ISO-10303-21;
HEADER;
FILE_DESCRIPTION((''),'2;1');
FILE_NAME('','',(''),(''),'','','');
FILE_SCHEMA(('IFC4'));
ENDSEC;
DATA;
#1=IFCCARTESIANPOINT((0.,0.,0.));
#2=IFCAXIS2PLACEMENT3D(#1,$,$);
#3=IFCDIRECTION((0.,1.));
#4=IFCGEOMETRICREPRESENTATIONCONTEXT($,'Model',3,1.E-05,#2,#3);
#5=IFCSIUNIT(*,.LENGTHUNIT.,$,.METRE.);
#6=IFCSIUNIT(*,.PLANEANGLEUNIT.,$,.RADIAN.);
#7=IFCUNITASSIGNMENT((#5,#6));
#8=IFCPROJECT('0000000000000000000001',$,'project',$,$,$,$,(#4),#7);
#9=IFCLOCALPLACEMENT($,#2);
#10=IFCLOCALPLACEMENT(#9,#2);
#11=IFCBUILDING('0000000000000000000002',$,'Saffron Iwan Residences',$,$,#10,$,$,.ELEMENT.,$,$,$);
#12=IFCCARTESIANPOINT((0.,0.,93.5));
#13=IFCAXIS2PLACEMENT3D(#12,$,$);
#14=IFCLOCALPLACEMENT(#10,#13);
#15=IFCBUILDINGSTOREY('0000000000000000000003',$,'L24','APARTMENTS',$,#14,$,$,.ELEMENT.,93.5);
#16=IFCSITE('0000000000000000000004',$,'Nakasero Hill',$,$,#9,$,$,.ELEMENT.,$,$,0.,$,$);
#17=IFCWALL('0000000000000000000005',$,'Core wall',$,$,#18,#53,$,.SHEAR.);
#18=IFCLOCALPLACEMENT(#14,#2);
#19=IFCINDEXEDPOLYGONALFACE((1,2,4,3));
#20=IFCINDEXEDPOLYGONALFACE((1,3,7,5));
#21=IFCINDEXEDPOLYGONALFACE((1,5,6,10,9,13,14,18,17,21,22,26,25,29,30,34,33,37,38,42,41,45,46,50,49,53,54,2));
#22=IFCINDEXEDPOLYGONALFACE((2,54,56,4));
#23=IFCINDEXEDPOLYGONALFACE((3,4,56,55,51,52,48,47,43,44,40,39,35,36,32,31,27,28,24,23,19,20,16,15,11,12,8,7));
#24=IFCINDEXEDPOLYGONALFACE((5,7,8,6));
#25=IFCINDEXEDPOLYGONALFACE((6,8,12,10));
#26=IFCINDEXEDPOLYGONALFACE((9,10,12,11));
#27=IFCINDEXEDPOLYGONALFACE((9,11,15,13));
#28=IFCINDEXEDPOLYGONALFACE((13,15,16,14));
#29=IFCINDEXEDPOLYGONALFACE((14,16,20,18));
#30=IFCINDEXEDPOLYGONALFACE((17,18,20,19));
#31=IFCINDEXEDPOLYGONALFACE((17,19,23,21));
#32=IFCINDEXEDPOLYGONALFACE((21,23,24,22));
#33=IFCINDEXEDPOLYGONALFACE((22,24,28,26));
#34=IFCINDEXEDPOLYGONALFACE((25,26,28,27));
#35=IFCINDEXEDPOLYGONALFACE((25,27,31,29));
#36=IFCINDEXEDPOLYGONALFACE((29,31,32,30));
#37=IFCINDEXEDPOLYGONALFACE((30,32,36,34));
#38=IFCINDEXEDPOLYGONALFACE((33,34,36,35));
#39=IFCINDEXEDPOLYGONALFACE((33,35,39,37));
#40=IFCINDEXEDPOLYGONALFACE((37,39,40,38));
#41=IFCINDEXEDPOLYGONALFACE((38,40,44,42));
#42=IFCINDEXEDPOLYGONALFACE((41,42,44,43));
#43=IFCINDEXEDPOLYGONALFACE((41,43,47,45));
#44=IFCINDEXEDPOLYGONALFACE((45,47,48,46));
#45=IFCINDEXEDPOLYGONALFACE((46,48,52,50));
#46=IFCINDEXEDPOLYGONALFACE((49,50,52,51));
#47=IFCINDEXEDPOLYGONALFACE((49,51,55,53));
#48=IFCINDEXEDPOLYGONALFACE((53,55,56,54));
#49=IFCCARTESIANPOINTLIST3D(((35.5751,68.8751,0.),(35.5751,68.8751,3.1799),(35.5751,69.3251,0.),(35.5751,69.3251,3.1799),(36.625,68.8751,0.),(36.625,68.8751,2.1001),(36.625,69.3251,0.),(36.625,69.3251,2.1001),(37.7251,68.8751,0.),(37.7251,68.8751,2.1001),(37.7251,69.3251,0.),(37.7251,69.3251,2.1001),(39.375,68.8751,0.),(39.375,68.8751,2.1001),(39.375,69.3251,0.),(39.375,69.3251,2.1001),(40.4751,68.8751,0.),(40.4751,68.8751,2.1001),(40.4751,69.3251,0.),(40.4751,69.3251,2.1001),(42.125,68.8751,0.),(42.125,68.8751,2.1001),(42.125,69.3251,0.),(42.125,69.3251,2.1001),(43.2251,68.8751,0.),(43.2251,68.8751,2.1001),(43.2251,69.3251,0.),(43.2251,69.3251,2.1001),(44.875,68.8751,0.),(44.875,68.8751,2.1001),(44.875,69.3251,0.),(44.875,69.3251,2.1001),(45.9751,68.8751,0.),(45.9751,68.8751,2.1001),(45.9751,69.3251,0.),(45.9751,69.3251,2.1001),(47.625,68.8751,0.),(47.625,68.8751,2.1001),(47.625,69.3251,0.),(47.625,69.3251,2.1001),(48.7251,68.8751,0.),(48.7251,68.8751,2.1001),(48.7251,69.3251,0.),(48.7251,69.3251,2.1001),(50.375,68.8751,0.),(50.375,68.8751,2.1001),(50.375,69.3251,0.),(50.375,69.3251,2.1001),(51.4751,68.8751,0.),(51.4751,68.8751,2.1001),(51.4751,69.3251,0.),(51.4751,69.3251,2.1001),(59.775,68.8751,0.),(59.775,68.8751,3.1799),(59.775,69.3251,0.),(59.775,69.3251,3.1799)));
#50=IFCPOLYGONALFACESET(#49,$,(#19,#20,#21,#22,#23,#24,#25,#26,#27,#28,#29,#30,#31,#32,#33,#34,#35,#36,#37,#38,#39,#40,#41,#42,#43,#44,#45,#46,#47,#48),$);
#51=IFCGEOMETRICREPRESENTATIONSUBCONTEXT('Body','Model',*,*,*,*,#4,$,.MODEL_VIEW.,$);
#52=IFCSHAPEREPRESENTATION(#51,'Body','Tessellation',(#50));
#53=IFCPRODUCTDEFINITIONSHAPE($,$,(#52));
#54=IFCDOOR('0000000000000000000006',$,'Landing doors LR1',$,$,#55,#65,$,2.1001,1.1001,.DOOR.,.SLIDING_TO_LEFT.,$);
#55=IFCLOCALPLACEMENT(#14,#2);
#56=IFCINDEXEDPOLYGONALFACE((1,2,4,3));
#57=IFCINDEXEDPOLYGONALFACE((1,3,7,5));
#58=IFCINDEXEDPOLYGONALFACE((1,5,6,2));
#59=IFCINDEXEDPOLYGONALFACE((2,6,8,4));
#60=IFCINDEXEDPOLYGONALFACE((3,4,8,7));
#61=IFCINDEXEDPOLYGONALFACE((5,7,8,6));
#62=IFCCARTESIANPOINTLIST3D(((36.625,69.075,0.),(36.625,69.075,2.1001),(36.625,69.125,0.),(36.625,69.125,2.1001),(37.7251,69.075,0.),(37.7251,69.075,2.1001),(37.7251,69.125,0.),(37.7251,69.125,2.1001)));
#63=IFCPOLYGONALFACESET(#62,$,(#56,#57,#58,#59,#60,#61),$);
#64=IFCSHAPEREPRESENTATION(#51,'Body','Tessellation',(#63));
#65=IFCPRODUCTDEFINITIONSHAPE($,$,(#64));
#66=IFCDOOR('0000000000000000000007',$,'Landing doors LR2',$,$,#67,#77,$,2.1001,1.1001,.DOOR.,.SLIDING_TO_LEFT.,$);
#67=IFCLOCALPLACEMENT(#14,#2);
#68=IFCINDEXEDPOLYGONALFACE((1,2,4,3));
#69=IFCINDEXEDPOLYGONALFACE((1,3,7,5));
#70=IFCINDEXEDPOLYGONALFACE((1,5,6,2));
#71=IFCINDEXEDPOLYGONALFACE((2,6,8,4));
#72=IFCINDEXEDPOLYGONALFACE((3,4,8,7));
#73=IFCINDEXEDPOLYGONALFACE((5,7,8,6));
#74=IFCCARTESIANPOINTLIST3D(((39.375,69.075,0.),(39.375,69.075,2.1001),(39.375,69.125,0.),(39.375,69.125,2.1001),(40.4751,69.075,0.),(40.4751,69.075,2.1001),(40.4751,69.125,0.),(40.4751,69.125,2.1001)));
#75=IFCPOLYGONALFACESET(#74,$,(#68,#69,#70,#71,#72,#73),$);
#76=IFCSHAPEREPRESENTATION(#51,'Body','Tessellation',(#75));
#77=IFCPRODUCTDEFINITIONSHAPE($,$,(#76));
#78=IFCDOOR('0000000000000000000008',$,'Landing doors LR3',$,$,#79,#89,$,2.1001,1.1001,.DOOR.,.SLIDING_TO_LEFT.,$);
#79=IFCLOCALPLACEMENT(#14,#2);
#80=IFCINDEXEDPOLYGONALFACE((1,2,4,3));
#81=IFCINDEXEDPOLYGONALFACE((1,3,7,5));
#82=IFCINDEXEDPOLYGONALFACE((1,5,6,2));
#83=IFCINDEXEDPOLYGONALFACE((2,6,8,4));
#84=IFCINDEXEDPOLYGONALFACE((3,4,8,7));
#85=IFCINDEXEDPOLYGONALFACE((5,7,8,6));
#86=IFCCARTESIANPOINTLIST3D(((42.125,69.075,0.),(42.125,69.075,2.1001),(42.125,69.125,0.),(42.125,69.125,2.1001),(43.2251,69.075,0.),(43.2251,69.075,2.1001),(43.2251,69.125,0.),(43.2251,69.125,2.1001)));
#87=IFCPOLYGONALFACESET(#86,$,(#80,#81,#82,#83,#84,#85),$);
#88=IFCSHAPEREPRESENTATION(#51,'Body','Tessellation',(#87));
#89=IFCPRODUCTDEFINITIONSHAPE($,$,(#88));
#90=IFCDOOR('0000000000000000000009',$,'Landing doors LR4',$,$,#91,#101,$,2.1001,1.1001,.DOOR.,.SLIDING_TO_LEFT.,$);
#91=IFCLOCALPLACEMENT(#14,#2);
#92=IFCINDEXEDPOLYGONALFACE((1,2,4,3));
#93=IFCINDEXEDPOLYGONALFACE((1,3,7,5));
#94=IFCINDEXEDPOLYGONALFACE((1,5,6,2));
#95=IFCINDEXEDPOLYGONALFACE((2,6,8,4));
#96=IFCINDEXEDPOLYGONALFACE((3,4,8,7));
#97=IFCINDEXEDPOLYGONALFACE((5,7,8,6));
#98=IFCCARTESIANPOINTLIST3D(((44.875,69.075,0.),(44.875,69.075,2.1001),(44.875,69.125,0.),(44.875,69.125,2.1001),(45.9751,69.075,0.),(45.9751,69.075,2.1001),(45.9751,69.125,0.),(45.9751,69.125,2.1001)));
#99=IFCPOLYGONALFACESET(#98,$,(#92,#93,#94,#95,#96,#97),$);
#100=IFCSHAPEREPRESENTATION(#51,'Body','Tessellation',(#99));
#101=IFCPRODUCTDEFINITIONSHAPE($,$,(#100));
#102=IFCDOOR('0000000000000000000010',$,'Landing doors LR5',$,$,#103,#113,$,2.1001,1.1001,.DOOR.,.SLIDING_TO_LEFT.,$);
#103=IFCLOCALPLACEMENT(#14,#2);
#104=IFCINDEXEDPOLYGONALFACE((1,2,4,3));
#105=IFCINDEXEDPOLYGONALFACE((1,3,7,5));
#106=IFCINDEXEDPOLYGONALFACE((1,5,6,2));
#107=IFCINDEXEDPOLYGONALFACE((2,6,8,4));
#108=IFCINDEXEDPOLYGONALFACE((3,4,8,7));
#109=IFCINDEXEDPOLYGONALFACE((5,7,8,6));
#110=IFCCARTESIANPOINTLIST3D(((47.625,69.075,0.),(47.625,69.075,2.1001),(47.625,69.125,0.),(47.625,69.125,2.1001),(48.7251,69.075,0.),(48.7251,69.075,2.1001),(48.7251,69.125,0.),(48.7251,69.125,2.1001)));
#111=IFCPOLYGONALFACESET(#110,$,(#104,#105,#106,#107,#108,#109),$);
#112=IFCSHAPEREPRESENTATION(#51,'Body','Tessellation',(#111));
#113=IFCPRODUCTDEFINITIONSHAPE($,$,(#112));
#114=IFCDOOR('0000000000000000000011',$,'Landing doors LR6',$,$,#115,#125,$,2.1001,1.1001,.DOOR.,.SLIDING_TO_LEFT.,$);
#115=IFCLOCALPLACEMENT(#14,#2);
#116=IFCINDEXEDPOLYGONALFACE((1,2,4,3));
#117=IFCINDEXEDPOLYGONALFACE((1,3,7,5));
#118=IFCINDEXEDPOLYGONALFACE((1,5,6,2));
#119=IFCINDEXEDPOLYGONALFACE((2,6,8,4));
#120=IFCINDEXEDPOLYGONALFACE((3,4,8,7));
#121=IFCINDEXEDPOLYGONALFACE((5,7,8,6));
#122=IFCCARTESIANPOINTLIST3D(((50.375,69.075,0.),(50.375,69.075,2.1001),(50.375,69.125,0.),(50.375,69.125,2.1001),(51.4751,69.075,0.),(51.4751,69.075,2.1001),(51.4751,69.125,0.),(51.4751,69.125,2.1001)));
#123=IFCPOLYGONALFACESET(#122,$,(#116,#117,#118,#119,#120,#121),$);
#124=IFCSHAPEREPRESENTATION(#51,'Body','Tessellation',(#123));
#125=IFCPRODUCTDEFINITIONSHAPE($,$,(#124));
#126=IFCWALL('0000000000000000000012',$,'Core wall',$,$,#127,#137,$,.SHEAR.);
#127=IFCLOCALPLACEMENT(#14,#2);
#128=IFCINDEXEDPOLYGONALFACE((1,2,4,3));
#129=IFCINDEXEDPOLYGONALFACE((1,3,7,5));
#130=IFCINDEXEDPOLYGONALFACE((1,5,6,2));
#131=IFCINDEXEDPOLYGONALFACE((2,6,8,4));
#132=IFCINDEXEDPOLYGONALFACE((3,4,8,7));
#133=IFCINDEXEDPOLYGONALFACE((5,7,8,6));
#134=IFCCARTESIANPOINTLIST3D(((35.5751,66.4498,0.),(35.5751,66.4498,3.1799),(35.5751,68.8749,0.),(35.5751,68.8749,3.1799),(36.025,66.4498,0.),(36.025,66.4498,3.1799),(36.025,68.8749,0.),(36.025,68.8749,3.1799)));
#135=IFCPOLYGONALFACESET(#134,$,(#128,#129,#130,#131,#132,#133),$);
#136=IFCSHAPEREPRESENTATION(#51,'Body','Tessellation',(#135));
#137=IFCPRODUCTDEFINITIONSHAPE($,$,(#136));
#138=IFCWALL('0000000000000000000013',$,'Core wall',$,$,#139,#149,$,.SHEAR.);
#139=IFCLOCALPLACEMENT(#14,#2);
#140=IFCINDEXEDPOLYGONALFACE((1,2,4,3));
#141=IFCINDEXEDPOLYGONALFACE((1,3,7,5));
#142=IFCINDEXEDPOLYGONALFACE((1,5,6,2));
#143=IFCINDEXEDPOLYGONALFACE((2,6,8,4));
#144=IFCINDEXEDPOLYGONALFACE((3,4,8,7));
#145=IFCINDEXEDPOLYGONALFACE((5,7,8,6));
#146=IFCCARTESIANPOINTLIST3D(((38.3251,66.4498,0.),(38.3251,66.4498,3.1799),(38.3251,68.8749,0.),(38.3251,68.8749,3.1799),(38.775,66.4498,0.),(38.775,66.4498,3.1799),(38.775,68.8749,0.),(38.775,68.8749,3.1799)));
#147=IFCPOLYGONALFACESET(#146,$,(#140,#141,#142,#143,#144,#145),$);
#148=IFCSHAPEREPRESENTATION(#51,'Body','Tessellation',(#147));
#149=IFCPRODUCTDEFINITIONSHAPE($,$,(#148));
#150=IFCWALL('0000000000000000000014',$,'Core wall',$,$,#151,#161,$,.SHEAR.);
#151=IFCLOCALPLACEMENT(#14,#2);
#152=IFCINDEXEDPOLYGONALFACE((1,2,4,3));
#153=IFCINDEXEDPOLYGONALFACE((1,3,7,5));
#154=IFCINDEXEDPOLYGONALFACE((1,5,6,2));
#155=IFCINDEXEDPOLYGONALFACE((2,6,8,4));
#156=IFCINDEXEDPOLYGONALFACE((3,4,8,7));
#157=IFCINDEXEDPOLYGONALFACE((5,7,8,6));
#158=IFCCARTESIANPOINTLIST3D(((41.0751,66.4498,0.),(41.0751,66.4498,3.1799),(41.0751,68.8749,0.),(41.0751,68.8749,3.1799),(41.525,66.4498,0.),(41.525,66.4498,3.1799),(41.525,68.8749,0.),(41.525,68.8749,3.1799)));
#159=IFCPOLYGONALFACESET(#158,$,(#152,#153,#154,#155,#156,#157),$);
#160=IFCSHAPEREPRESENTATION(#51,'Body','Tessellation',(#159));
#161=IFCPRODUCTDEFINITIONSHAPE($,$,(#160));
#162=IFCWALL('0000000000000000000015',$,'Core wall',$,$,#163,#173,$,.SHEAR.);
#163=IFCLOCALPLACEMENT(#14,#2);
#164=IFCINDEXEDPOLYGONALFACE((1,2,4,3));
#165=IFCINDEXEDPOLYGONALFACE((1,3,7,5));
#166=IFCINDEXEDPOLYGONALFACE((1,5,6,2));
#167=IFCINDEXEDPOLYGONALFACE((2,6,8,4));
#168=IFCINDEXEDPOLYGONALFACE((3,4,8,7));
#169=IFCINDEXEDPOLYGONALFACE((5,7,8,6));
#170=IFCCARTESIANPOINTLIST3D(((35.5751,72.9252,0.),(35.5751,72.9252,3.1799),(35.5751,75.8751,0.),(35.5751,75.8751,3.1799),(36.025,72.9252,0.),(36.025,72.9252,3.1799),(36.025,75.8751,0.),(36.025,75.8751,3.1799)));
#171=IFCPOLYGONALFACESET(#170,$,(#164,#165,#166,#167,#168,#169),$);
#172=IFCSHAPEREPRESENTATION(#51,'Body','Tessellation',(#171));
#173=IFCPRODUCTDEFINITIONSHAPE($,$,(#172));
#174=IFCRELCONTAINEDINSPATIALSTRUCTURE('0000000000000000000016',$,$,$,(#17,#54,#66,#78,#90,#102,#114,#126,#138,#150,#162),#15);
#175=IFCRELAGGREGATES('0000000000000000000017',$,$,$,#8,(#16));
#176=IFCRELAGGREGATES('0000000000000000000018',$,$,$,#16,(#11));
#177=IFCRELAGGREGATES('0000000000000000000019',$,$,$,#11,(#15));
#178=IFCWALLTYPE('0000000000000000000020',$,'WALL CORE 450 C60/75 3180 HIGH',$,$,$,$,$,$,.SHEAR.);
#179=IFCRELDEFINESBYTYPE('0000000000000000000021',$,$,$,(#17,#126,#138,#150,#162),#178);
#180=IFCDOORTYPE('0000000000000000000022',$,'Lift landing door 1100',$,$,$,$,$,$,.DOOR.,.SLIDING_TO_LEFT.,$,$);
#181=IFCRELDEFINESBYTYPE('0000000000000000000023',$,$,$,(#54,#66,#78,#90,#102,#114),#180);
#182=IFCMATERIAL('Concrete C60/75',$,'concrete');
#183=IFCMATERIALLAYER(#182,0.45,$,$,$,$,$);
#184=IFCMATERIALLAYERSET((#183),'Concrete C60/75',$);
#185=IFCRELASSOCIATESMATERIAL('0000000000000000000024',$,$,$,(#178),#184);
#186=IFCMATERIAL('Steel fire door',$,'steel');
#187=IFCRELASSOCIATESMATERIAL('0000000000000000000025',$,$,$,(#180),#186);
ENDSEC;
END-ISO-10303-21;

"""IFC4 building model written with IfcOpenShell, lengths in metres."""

from ifc_helpers import new_model, si_unit, direction, frame, frame_2d, origin, place, context, subcontext, project, spatial, rectangle, extrude, material, layer, layer_set, type_object, element, fill, save


model = new_model("IFC4")

# Units and contexts
model_context = context("Model", 3, precision=1e-05, world=origin(), true_north=direction((0.0, 1.0)))
body_context = subcontext(model_context, "Body", "Model", "MODEL_VIEW")
ifc_project = project(units=[si_unit("LENGTHUNIT", "METRE"), si_unit("PLANEANGLEUNIT", "RADIAN")], contexts=[model_context])

# Site, building, storey
site_placement = place(None, origin())
site = spatial("IfcSite", under=ifc_project, at=site_placement, Name="Nakasero Hill", CompositionType="ELEMENT", RefElevation=0.0)
building_placement = place(site_placement, origin())
building = spatial("IfcBuilding", under=site, at=building_placement, Name="Saffron Iwan Residences", CompositionType="ELEMENT")
storey_placement = place(building_placement, frame((0.0, 0.0, 93.5)))
storey = spatial("IfcBuildingStorey", under=building, at=storey_placement, Name="L24", Description="APARTMENTS", CompositionType="ELEMENT", Elevation=93.5)

# Wall, openings, doors
ifc_material_1 = material(Name="Concrete C60/75", Category="concrete")
ifc_layer = layer(ifc_material_1, 0.45)
ifc_layer_set = layer_set([ifc_layer], Name="Concrete C60/75")
wall_type = type_object("IfcWallType", Name="WALL CORE 450 C60/75 3180 HIGH", PredefinedType="SHEAR", material=ifc_layer_set)
wall_1_placement = place(storey_placement, frame((35.575, 69.1001, 0.0), z_axis=(0.0, 0.0, 1.0), x_axis=(1.0, 0.0, 0.0)))
wall_1 = element("IfcWall", 1, at=wall_1_placement, inside=storey, type_object=wall_type, Name="Core wall", PredefinedType="SHEAR", context=body_context, shape_type="SweptSolid", body=[
    extrude(rectangle(XDim=24.2, YDim=0.45, at=frame_2d((12.1001, 0.0))), origin(), (0.0, 0.0, 1.0), 3.1799),
])
opening_1_placement = place(wall_1_placement, frame((1.05, 0.0, 0.0)))
opening_1 = element("IfcOpeningElement", 2, at=opening_1_placement, cuts=wall_1, PredefinedType="OPENING", context=body_context, shape_type="SweptSolid", body=[
    extrude(rectangle(XDim=1.1001, YDim=2.1001, at=frame_2d((0.55, 1.05))), frame((0.0, 0.2349, 0.0), z_axis=(0.0, -1.0, 0.0), x_axis=(1.0, 0.0, 0.0)), (0.0, 0.0, 1.0), 0.47),
])
opening_2_placement = place(wall_1_placement, frame((3.8, 0.0, 0.0)))
opening_2 = element("IfcOpeningElement", 3, at=opening_2_placement, cuts=wall_1, PredefinedType="OPENING", context=body_context, shape_type="SweptSolid", body=[
    extrude(rectangle(XDim=1.1001, YDim=2.1001, at=frame_2d((0.55, 1.05))), frame((0.0, 0.2349, 0.0), z_axis=(0.0, -1.0, 0.0), x_axis=(1.0, 0.0, 0.0)), (0.0, 0.0, 1.0), 0.47),
])
opening_3_placement = place(wall_1_placement, frame((6.55, 0.0, 0.0)))
opening_3 = element("IfcOpeningElement", 4, at=opening_3_placement, cuts=wall_1, PredefinedType="OPENING", context=body_context, shape_type="SweptSolid", body=[
    extrude(rectangle(XDim=1.1001, YDim=2.1001, at=frame_2d((0.55, 1.05))), frame((0.0, 0.2349, 0.0), z_axis=(0.0, -1.0, 0.0), x_axis=(1.0, 0.0, 0.0)), (0.0, 0.0, 1.0), 0.47),
])
opening_4_placement = place(wall_1_placement, frame((9.3, 0.0, 0.0)))
opening_4 = element("IfcOpeningElement", 5, at=opening_4_placement, cuts=wall_1, PredefinedType="OPENING", context=body_context, shape_type="SweptSolid", body=[
    extrude(rectangle(XDim=1.1001, YDim=2.1001, at=frame_2d((0.55, 1.05))), frame((0.0, 0.2349, 0.0), z_axis=(0.0, -1.0, 0.0), x_axis=(1.0, 0.0, 0.0)), (0.0, 0.0, 1.0), 0.47),
])
opening_5_placement = place(wall_1_placement, frame((12.05, 0.0, 0.0)))
opening_5 = element("IfcOpeningElement", 6, at=opening_5_placement, cuts=wall_1, PredefinedType="OPENING", context=body_context, shape_type="SweptSolid", body=[
    extrude(rectangle(XDim=1.1001, YDim=2.1001, at=frame_2d((0.55, 1.05))), frame((0.0, 0.2349, 0.0), z_axis=(0.0, -1.0, 0.0), x_axis=(1.0, 0.0, 0.0)), (0.0, 0.0, 1.0), 0.47),
])
opening_6_placement = place(wall_1_placement, frame((14.8, 0.0, 0.0)))
opening_6 = element("IfcOpeningElement", 7, at=opening_6_placement, cuts=wall_1, PredefinedType="OPENING", context=body_context, shape_type="SweptSolid", body=[
    extrude(rectangle(XDim=1.1001, YDim=2.1001, at=frame_2d((0.55, 1.05))), frame((0.0, 0.2349, 0.0), z_axis=(0.0, -1.0, 0.0), x_axis=(1.0, 0.0, 0.0)), (0.0, 0.0, 1.0), 0.47),
])
ifc_material_2 = material(Name="Steel fire door", Category="steel")
door_type_1 = type_object("IfcDoorType", Name="Lift landing door 1100", OperationType="SLIDING_TO_LEFT", PredefinedType="DOOR", material=ifc_material_2)
door_1_placement = place(opening_1_placement, origin())
door_1 = element("IfcDoor", 8, at=door_1_placement, inside=storey, type_object=door_type_1, Name="Landing doors LR1", OperationType="SLIDING_TO_LEFT", OverallHeight=2.1001, OverallWidth=1.1001, PredefinedType="DOOR", context=body_context, shape_type="SweptSolid", body=[
    extrude(rectangle(XDim=1.1001, YDim=2.1001, at=frame_2d((0.55, 1.05))), frame((0.0, 0.0249, 0.0), z_axis=(0.0, -1.0, 0.0), x_axis=(1.0, 0.0, 0.0)), (0.0, 0.0, 1.0), 0.05),
])
fill(opening_1, door_1)
door_2_placement = place(opening_2_placement, origin())
door_2 = element("IfcDoor", 9, at=door_2_placement, inside=storey, type_object=door_type_1, Name="Landing doors LR2", OperationType="SLIDING_TO_LEFT", OverallHeight=2.1001, OverallWidth=1.1001, PredefinedType="DOOR", context=body_context, shape_type="SweptSolid", body=[
    extrude(rectangle(XDim=1.1001, YDim=2.1001, at=frame_2d((0.55, 1.05))), frame((0.0, 0.0249, 0.0), z_axis=(0.0, -1.0, 0.0), x_axis=(1.0, 0.0, 0.0)), (0.0, 0.0, 1.0), 0.05),
])
fill(opening_2, door_2)
door_3_placement = place(opening_3_placement, origin())
door_3 = element("IfcDoor", 10, at=door_3_placement, inside=storey, type_object=door_type_1, Name="Landing doors LR3", OperationType="SLIDING_TO_LEFT", OverallHeight=2.1001, OverallWidth=1.1001, PredefinedType="DOOR", context=body_context, shape_type="SweptSolid", body=[
    extrude(rectangle(XDim=1.1001, YDim=2.1001, at=frame_2d((0.55, 1.05))), frame((0.0, 0.0249, 0.0), z_axis=(0.0, -1.0, 0.0), x_axis=(1.0, 0.0, 0.0)), (0.0, 0.0, 1.0), 0.05),
])
fill(opening_3, door_3)
door_4_placement = place(opening_4_placement, origin())
door_4 = element("IfcDoor", 11, at=door_4_placement, inside=storey, type_object=door_type_1, Name="Landing doors LR4", OperationType="SLIDING_TO_LEFT", OverallHeight=2.1001, OverallWidth=1.1001, PredefinedType="DOOR", context=body_context, shape_type="SweptSolid", body=[
    extrude(rectangle(XDim=1.1001, YDim=2.1001, at=frame_2d((0.55, 1.05))), frame((0.0, 0.0249, 0.0), z_axis=(0.0, -1.0, 0.0), x_axis=(1.0, 0.0, 0.0)), (0.0, 0.0, 1.0), 0.05),
])
fill(opening_4, door_4)
door_5_placement = place(opening_5_placement, origin())
door_5 = element("IfcDoor", 12, at=door_5_placement, inside=storey, type_object=door_type_1, Name="Landing doors LR5", OperationType="SLIDING_TO_LEFT", OverallHeight=2.1001, OverallWidth=1.1001, PredefinedType="DOOR", context=body_context, shape_type="SweptSolid", body=[
    extrude(rectangle(XDim=1.1001, YDim=2.1001, at=frame_2d((0.55, 1.05))), frame((0.0, 0.0249, 0.0), z_axis=(0.0, -1.0, 0.0), x_axis=(1.0, 0.0, 0.0)), (0.0, 0.0, 1.0), 0.05),
])
fill(opening_5, door_5)
door_6_placement = place(opening_6_placement, origin())
door_6 = element("IfcDoor", 13, at=door_6_placement, inside=storey, type_object=door_type_1, Name="Landing doors LR6", OperationType="SLIDING_TO_LEFT", OverallHeight=2.1001, OverallWidth=1.1001, PredefinedType="DOOR", context=body_context, shape_type="SweptSolid", body=[
    extrude(rectangle(XDim=1.1001, YDim=2.1001, at=frame_2d((0.55, 1.05))), frame((0.0, 0.0249, 0.0), z_axis=(0.0, -1.0, 0.0), x_axis=(1.0, 0.0, 0.0)), (0.0, 0.0, 1.0), 0.05),
])
fill(opening_6, door_6)

# Walls
for number, where, z_axis, x_axis, name in (
    (14, (35.8, 66.45, 0.0), (0.0, 0.0, 1.0), (0.0, 1.0, 0.0), "Core wall"),
    (15, (38.55, 66.45, 0.0), (0.0, 0.0, 1.0), (0.0, 1.0, 0.0), "Core wall"),
    (16, (41.3, 66.45, 0.0), (0.0, 0.0, 1.0), (0.0, 1.0, 0.0), "Core wall"),
):
    element("IfcWall", number, at=place(storey_placement, frame(where, z_axis=z_axis, x_axis=x_axis)), inside=storey, type_object=wall_type, Name=name, PredefinedType="SHEAR", context=body_context, shape_type="SweptSolid", body=[
        extrude(rectangle(XDim=2.425, YDim=0.45, at=frame_2d((1.2124, 0.0))), origin(), (0.0, 0.0, 1.0), 3.1799),
    ])
for number, where, z_axis, x_axis, name in (
    (17, (35.8, 72.925, 0.0), (0.0, 0.0, 1.0), (0.0, 1.0, 0.0), "Core wall"),
):
    element("IfcWall", number, at=place(storey_placement, frame(where, z_axis=z_axis, x_axis=x_axis)), inside=storey, type_object=wall_type, Name=name, PredefinedType="SHEAR", context=body_context, shape_type="SweptSolid", body=[
        extrude(rectangle(XDim=2.95, YDim=0.45, at=frame_2d((1.4751, 0.0))), origin(), (0.0, 0.0, 1.0), 3.1799),
    ])

save(model, "model.ifc")
